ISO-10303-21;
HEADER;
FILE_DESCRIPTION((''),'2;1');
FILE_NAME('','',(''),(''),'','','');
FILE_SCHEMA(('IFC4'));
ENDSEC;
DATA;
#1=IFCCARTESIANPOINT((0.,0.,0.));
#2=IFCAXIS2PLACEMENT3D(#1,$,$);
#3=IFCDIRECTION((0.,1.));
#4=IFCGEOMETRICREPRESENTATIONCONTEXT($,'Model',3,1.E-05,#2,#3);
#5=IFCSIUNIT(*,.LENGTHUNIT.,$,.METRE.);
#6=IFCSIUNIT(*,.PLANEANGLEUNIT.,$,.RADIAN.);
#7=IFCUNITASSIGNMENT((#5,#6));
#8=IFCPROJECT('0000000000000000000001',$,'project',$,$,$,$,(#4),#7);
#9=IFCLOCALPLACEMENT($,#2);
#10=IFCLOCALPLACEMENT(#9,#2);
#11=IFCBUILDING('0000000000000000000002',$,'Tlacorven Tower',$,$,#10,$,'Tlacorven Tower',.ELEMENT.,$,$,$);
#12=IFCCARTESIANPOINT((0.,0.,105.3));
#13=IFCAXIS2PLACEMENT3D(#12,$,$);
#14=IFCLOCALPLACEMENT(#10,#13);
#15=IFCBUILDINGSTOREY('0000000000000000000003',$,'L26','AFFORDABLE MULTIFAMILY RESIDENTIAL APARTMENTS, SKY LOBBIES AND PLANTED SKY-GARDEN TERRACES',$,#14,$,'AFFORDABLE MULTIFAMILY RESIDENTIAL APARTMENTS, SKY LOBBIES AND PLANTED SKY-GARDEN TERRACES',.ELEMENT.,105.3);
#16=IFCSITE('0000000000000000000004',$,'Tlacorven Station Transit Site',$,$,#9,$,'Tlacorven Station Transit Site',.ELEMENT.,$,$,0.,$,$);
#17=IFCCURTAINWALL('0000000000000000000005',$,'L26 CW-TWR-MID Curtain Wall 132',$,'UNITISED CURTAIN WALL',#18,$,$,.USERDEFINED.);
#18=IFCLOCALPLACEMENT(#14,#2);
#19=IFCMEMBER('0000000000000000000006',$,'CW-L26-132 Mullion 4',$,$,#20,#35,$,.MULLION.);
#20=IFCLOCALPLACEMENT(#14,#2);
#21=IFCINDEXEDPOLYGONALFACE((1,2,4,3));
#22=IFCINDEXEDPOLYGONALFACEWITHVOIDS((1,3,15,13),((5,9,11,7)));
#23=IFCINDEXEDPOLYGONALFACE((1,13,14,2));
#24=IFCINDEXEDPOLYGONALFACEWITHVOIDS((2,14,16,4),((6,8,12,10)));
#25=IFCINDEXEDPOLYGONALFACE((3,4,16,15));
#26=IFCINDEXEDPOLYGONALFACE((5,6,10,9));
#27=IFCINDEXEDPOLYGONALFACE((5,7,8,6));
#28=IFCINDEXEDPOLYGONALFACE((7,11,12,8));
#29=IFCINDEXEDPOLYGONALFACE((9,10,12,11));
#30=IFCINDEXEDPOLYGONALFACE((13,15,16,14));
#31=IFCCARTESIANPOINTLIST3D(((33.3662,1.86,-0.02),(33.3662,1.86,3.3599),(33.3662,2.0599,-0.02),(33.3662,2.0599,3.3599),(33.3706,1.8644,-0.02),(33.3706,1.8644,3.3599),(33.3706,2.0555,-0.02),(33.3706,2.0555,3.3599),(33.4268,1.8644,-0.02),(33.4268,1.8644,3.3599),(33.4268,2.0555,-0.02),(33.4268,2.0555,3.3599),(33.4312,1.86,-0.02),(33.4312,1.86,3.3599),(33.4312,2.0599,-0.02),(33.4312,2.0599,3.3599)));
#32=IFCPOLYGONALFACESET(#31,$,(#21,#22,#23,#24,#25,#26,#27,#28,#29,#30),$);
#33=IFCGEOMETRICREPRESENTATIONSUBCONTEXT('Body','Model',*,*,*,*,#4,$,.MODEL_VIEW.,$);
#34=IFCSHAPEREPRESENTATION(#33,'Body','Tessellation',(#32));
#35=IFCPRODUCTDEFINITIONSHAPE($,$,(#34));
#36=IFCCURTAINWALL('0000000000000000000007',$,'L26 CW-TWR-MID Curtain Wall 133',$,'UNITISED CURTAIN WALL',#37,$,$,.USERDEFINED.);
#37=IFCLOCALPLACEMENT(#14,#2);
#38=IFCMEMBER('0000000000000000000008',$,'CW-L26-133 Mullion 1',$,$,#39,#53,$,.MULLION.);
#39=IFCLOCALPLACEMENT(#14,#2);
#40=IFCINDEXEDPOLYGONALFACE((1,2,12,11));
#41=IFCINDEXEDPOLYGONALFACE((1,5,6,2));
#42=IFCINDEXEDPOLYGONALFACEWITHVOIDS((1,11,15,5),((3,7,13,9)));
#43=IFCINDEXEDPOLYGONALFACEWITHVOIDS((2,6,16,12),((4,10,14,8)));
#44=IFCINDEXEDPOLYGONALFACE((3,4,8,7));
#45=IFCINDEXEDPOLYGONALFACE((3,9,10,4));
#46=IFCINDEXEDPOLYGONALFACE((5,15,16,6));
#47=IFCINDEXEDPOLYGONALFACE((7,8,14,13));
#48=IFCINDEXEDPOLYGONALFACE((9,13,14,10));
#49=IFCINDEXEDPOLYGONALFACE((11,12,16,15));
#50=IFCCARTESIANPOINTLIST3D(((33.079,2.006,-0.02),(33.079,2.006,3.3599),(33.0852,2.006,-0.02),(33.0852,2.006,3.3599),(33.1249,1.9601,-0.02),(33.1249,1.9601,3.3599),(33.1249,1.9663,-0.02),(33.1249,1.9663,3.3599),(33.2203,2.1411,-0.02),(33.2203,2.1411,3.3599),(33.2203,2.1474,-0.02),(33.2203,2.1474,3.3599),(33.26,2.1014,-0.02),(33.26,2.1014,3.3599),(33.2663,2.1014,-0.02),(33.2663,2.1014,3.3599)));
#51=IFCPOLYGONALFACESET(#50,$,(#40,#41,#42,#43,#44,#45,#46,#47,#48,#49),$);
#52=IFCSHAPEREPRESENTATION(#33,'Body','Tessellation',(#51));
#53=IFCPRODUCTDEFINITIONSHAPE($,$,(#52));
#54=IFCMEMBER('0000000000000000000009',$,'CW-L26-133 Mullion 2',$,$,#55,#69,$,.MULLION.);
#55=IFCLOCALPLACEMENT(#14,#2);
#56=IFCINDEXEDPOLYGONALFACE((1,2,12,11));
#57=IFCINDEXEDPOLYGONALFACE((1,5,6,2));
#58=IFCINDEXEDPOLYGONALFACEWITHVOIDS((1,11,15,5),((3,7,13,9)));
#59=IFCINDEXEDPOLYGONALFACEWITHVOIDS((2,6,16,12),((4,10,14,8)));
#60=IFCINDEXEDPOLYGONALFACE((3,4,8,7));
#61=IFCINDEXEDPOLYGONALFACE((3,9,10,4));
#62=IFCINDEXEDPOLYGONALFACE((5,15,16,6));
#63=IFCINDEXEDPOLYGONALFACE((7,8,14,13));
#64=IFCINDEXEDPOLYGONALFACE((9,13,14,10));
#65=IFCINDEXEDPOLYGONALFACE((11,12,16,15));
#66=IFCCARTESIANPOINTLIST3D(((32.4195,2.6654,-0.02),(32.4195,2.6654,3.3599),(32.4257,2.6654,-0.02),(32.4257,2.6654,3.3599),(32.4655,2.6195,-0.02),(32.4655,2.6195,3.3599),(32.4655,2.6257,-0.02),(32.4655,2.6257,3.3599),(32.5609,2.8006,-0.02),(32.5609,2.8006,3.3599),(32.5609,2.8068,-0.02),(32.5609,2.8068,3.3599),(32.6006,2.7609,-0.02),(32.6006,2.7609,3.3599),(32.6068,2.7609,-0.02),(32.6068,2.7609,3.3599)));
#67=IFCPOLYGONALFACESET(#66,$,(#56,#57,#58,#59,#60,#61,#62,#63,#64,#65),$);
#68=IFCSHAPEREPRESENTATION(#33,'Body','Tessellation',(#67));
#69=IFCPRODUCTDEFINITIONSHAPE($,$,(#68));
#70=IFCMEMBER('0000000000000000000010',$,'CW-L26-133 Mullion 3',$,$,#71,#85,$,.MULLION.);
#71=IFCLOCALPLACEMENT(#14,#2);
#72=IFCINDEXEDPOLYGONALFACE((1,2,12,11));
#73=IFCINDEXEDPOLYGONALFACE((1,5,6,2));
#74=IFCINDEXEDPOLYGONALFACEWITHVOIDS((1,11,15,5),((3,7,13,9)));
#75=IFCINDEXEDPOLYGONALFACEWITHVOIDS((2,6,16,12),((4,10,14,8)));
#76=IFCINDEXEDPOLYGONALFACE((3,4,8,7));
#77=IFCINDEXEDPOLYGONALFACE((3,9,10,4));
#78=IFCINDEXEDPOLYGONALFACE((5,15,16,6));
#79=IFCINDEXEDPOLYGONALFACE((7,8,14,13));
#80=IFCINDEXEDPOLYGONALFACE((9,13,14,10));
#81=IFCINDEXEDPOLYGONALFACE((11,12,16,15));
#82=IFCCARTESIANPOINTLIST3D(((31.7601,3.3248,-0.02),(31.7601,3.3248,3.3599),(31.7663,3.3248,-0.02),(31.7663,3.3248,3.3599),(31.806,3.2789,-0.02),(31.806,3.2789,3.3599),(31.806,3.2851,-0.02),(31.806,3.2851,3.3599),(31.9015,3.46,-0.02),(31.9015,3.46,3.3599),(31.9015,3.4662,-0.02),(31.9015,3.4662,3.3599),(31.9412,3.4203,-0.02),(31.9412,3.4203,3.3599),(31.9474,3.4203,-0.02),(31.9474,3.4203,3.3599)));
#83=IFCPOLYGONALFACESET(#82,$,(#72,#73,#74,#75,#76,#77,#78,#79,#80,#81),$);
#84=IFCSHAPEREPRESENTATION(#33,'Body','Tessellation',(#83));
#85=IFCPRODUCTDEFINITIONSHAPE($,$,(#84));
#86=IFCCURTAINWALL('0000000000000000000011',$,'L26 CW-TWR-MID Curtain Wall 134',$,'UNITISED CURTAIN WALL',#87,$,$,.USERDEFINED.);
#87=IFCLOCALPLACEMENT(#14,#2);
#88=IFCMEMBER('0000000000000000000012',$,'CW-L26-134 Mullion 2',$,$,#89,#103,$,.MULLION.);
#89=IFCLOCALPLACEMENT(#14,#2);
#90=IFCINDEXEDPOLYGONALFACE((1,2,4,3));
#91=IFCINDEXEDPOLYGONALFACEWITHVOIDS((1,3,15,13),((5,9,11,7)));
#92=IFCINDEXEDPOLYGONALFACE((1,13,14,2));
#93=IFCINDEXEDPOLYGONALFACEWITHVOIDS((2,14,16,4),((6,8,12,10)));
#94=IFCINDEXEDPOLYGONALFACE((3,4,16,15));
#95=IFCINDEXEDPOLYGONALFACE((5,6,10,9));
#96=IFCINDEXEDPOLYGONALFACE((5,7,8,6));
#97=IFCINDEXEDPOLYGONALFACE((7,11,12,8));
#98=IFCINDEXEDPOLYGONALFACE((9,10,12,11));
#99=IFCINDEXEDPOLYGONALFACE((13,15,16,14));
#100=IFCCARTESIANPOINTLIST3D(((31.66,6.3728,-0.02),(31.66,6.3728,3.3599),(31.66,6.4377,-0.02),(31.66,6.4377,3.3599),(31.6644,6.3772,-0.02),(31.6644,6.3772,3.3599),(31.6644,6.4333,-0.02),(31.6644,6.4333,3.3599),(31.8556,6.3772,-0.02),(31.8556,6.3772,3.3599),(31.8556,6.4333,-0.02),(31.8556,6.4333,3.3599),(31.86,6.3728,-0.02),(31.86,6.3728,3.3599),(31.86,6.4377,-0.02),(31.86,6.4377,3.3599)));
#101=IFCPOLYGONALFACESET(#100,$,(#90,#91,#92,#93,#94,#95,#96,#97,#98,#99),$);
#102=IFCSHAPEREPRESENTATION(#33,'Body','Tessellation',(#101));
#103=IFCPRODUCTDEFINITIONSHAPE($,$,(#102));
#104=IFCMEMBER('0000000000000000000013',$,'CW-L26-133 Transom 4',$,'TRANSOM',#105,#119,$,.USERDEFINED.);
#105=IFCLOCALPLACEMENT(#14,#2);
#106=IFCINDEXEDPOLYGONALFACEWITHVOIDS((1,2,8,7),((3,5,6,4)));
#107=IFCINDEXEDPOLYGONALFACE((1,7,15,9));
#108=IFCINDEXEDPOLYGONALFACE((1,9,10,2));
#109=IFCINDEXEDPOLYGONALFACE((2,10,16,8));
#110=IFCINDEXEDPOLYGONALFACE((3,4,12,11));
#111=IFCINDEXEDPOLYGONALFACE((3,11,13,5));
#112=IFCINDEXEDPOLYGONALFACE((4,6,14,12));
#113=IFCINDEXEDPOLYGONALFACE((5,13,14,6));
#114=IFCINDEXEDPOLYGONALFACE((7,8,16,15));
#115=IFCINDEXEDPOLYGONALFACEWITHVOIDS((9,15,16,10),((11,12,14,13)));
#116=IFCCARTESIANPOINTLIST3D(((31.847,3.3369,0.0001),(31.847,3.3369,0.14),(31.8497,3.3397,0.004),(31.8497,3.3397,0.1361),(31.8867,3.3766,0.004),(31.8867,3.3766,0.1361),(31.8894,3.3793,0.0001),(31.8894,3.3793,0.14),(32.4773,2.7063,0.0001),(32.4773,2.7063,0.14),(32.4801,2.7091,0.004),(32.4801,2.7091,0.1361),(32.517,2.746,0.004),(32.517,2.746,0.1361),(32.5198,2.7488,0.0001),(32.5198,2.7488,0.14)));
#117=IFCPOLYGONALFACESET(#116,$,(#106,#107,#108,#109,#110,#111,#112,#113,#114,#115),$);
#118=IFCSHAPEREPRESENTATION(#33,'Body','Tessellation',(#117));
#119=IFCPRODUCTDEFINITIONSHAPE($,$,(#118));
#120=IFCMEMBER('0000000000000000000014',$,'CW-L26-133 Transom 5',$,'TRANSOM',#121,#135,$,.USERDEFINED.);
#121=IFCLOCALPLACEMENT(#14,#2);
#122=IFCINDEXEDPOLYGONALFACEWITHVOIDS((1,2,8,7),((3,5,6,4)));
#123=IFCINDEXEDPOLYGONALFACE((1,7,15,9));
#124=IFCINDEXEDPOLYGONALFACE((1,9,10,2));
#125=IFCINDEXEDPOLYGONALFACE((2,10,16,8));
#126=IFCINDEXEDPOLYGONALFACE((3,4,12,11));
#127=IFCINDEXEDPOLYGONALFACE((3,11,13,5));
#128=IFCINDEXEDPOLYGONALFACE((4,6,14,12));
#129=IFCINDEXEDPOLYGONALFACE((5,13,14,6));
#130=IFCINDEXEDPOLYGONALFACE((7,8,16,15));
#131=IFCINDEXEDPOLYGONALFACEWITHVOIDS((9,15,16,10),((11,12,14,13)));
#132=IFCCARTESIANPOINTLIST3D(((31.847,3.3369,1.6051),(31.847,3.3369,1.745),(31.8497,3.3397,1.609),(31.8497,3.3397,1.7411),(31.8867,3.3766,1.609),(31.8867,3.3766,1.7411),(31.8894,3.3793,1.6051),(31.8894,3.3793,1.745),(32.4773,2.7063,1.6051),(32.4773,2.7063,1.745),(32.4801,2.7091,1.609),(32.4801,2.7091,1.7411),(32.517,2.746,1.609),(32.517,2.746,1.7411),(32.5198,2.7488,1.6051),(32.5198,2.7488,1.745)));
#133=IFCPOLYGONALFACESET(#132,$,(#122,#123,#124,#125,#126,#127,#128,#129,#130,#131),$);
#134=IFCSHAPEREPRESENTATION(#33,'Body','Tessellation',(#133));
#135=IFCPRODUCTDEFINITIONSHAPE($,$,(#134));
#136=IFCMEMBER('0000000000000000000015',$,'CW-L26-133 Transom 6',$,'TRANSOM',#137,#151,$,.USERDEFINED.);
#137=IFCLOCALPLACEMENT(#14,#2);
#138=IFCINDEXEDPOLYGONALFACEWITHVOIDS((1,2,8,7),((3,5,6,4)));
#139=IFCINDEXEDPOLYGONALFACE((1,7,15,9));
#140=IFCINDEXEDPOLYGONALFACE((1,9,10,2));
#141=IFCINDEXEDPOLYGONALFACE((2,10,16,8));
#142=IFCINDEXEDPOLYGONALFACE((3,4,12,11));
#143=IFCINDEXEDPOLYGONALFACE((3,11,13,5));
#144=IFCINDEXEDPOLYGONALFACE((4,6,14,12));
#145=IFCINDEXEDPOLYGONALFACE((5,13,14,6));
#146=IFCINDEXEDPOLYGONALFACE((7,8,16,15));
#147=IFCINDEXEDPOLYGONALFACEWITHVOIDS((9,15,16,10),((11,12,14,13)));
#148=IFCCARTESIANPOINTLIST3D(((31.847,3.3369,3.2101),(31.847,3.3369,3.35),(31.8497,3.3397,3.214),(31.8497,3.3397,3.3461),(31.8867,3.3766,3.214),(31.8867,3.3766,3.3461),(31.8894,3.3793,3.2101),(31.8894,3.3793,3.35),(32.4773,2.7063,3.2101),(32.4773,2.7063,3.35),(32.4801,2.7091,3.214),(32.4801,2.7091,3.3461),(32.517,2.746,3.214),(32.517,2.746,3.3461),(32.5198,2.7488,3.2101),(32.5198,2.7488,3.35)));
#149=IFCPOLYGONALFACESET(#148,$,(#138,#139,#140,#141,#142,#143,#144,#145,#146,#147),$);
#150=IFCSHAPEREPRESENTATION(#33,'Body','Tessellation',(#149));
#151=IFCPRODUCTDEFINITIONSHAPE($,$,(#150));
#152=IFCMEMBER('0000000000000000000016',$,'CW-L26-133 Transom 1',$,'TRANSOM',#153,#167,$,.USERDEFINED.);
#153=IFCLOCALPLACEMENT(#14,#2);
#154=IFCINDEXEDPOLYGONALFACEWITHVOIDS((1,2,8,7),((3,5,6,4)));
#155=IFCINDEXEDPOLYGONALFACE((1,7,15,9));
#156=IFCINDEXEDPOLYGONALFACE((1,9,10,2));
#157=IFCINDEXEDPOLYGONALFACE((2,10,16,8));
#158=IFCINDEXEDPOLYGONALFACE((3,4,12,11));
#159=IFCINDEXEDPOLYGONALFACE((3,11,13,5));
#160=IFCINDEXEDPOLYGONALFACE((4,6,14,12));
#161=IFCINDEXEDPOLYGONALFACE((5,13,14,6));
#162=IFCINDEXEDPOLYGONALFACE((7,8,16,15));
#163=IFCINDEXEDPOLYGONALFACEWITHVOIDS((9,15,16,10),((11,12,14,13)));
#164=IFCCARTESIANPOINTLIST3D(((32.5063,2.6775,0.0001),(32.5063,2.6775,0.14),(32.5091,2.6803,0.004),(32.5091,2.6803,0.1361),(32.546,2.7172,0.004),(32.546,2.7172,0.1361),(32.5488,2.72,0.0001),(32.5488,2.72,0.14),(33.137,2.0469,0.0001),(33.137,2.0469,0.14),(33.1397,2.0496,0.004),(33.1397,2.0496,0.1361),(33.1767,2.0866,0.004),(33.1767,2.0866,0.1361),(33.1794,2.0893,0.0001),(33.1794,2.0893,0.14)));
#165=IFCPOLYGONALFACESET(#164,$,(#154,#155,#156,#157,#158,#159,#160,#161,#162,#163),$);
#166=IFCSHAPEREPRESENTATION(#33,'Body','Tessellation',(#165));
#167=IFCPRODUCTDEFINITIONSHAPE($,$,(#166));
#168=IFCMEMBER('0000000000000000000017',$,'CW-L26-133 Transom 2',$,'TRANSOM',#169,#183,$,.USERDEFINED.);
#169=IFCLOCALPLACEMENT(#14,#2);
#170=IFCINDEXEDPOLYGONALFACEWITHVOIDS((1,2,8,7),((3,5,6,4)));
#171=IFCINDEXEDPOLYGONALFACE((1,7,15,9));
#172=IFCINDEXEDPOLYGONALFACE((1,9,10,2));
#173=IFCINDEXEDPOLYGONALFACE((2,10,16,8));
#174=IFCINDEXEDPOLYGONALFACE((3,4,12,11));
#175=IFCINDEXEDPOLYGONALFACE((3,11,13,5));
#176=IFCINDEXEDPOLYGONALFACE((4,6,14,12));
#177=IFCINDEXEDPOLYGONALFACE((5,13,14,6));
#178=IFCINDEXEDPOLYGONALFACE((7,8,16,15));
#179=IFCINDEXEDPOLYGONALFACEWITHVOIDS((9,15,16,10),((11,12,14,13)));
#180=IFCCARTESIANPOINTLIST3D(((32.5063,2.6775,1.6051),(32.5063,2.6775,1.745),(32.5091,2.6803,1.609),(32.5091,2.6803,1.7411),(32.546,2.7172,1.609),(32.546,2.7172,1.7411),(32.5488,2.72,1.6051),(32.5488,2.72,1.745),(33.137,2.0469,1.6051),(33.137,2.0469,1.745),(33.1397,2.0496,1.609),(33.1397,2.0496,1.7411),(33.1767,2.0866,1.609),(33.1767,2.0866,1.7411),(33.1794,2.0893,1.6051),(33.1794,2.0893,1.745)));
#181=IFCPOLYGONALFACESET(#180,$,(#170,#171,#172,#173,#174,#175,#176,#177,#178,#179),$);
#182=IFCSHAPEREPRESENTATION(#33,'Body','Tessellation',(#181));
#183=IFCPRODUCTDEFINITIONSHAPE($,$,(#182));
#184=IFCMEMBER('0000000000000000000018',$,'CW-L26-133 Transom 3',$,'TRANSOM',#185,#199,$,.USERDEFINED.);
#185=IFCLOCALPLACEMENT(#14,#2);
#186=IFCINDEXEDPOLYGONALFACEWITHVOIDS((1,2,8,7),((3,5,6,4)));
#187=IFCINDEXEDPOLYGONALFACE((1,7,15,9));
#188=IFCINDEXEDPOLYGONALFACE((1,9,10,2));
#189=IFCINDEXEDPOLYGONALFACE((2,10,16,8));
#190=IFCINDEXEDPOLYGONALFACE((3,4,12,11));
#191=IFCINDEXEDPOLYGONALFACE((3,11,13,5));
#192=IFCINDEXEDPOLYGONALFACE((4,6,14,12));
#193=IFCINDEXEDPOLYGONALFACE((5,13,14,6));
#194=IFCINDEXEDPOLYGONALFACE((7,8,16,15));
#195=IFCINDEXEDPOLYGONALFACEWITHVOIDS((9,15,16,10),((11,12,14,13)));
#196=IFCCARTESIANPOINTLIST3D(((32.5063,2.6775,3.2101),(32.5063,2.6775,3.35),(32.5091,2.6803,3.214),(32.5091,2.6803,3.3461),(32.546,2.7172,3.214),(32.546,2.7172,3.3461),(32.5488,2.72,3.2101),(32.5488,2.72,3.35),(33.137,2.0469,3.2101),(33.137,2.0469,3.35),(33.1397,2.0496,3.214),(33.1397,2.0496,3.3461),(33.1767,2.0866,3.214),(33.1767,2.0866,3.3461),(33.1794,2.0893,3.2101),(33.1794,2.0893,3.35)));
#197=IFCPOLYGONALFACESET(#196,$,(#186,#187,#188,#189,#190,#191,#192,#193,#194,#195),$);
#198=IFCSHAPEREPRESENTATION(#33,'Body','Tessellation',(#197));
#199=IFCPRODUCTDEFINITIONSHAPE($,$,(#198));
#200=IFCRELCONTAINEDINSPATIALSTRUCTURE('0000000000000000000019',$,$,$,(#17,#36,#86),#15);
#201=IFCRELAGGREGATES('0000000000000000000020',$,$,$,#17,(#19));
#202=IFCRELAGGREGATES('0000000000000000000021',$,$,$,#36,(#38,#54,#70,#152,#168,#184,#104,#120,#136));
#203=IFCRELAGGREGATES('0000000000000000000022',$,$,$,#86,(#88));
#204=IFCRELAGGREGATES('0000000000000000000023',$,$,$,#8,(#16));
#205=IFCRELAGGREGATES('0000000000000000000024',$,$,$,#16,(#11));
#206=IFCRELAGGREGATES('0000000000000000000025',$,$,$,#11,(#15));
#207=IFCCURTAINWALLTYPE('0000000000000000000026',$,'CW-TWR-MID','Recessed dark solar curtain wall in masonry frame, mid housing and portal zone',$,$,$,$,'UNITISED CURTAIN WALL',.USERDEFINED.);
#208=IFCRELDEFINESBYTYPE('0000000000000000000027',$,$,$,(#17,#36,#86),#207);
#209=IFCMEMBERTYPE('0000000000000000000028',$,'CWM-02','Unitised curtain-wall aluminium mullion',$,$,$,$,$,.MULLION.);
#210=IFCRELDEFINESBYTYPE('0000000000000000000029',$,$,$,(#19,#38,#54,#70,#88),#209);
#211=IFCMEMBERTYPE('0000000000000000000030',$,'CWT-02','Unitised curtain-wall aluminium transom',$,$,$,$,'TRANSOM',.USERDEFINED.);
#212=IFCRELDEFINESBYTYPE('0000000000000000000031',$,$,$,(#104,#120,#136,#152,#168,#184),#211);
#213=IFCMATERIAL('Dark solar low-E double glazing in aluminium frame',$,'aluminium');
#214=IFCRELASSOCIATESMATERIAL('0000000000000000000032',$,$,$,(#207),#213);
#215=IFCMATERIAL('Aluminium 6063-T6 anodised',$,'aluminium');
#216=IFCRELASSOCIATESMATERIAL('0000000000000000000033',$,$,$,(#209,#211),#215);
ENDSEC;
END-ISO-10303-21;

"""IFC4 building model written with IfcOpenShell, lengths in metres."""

from ifc_helpers import new_model, si_unit, direction, frame, origin, origin_2d, place, context, subcontext, project, spatial, hollow_rectangle, extrude, source, transform, mapped, material, material_profile, profile_set, type_object, element, aggregate, save


model = new_model("IFC4")

# Units and contexts
model_context = context("Model", 3, precision=1e-05, world=origin(), true_north=direction((0.0, 1.0)))
body_context = subcontext(model_context, "Body", "Model", "MODEL_VIEW")
ifc_project = project(units=[si_unit("LENGTHUNIT", "METRE"), si_unit("PLANEANGLEUNIT", "RADIAN")], contexts=[model_context])

# Site, building, storey
site_placement = place(None, origin())
site = spatial("IfcSite", under=ifc_project, at=site_placement, Name="Tlacorven Station Transit Site", LongName="Tlacorven Station Transit Site", CompositionType="ELEMENT", RefElevation=0.0)
building_placement = place(site_placement, origin())
building = spatial("IfcBuilding", under=site, at=building_placement, Name="Tlacorven Tower", LongName="Tlacorven Tower", CompositionType="ELEMENT")
storey_placement = place(building_placement, frame((0.0, 0.0, 105.3)))
storey = spatial("IfcBuildingStorey", under=building, at=storey_placement, Name="L26", Description="AFFORDABLE MULTIFAMILY RESIDENTIAL APARTMENTS, SKY LOBBIES AND PLANTED SKY-GARDEN TERRACES", LongName="AFFORDABLE MULTIFAMILY RESIDENTIAL APARTMENTS, SKY LOBBIES AND PLANTED SKY-GARDEN TERRACES", CompositionType="ELEMENT", Elevation=105.3)

# Curtain wall, member
ifc_material_1 = material(Name="Dark solar low-E double glazing in aluminium frame", Category="aluminium")
curtain_wall_type = type_object("IfcCurtainWallType", Name="CW-TWR-MID", Description="Recessed dark solar curtain wall in masonry frame, mid housing and portal zone", ElementType="UNITISED CURTAIN WALL", PredefinedType="USERDEFINED", material=ifc_material_1)
curtain_wall_1_placement = place(storey_placement, origin())
curtain_wall_1 = element("IfcCurtainWall", 1, at=curtain_wall_1_placement, inside=storey, type_object=curtain_wall_type, Name="L26 CW-TWR-MID Curtain Wall 132", ObjectType="UNITISED CURTAIN WALL", PredefinedType="USERDEFINED")
ifc_material_2 = material(Name="Aluminium 6063-T6 anodised", Category="aluminium")
ifc_material_profile_1 = material_profile(ifc_material_2, hollow_rectangle(XDim=0.0649, YDim=0.2, WallThickness=0.0044, at=origin_2d()), Name="ALU MULLION 65X200")
ifc_profile_set_1 = profile_set([ifc_material_profile_1], Name="Aluminium 6063-T6 anodised")
member_type_1 = type_object("IfcMemberType", Name="CWM-02", Description="Unitised curtain-wall aluminium mullion", PredefinedType="MULLION", material=ifc_profile_set_1)
shared_shape_1 = source(origin(), body_context, "Body", "SweptSolid", [
    extrude(hollow_rectangle(XDim=0.0649, YDim=0.2, WallThickness=0.0044, at=origin_2d()), origin(), (0.0, 0.0, 1.0), 3.3799),
])
member_1_placement = place(storey_placement, frame((33.3987, 1.96, -0.02), z_axis=(0.0, 0.0, 1.0), x_axis=(-1.0, 0.0, 0.0)))
member_1 = element("IfcMember", 2, at=member_1_placement, type_object=member_type_1, Name="CW-L26-132 Mullion 4", PredefinedType="MULLION", context=body_context, shape_type="MappedRepresentation", body=[
    mapped(shared_shape_1, transform((0.0, 0.0, 0.0), scale=1.0)),
])
aggregate(curtain_wall_1, [member_1])

# Curtain wall, members
curtain_wall_2_placement = place(storey_placement, origin())
curtain_wall_2 = element("IfcCurtainWall", 3, at=curtain_wall_2_placement, inside=storey, type_object=curtain_wall_type, Name="L26 CW-TWR-MID Curtain Wall 133", ObjectType="UNITISED CURTAIN WALL", PredefinedType="USERDEFINED")
member_2_placement = place(storey_placement, frame((33.1726, 2.0537, -0.02), z_axis=(0.0, 0.0, 1.0), x_axis=(-0.707107, 0.707107, 0.0)))
member_2 = element("IfcMember", 4, at=member_2_placement, type_object=member_type_1, Name="CW-L26-133 Mullion 1", PredefinedType="MULLION", context=body_context, shape_type="MappedRepresentation", body=[
    mapped(shared_shape_1, transform((0.0, 0.0, 0.0), scale=1.0)),
])
member_3_placement = place(storey_placement, frame((32.5132, 2.7131, -0.02), z_axis=(0.0, 0.0, 1.0), x_axis=(-0.707107, 0.707107, 0.0)))
member_3 = element("IfcMember", 5, at=member_3_placement, type_object=member_type_1, Name="CW-L26-133 Mullion 2", PredefinedType="MULLION", context=body_context, shape_type="MappedRepresentation", body=[
    mapped(shared_shape_1, transform((0.0, 0.0, 0.0), scale=1.0)),
])
member_4_placement = place(storey_placement, frame((31.8538, 3.3726, -0.02), z_axis=(0.0, 0.0, 1.0), x_axis=(-0.707107, 0.707107, 0.0)))
member_4 = element("IfcMember", 6, at=member_4_placement, type_object=member_type_1, Name="CW-L26-133 Mullion 3", PredefinedType="MULLION", context=body_context, shape_type="MappedRepresentation", body=[
    mapped(shared_shape_1, transform((0.0, 0.0, 0.0), scale=1.0)),
])

# Curtain wall, member
curtain_wall_3_placement = place(storey_placement, origin())
curtain_wall_3 = element("IfcCurtainWall", 7, at=curtain_wall_3_placement, inside=storey, type_object=curtain_wall_type, Name="L26 CW-TWR-MID Curtain Wall 134", ObjectType="UNITISED CURTAIN WALL", PredefinedType="USERDEFINED")
member_5_placement = place(storey_placement, frame((31.76, 6.4053, -0.02), z_axis=(0.0, 0.0, 1.0), x_axis=(0.0, 1.0, 0.0)))
member_5 = element("IfcMember", 8, at=member_5_placement, type_object=member_type_1, Name="CW-L26-134 Mullion 2", PredefinedType="MULLION", context=body_context, shape_type="MappedRepresentation", body=[
    mapped(shared_shape_1, transform((0.0, 0.0, 0.0), scale=1.0)),
])

# Members
ifc_material_profile_2 = material_profile(ifc_material_2, hollow_rectangle(XDim=0.0601, YDim=0.1399, WallThickness=0.0039, at=origin_2d()), Name="ALU TRANSOM 60X140")
ifc_profile_set_2 = profile_set([ifc_material_profile_2], Name="Aluminium 6063-T6 anodised")
member_type_2 = type_object("IfcMemberType", Name="CWT-02", Description="Unitised curtain-wall aluminium transom", ElementType="TRANSOM", PredefinedType="USERDEFINED", material=ifc_profile_set_2)
shared_shape_2 = source(origin(), body_context, "Body", "SweptSolid", [
    extrude(hollow_rectangle(XDim=0.0601, YDim=0.1399, WallThickness=0.0039, at=origin_2d()), origin(), (0.0, 0.0, 1.0), 0.8916),
])
member_6_placement = place(storey_placement, frame((32.4985, 2.7275, 0.0701), z_axis=(-0.70697, 0.707244, 0.0), x_axis=(-0.707244, -0.70697, 0.0)))
member_6 = element("IfcMember", 9, at=member_6_placement, type_object=member_type_2, Name="CW-L26-133 Transom 4", ObjectType="TRANSOM", PredefinedType="USERDEFINED", context=body_context, shape_type="MappedRepresentation", body=[
    mapped(shared_shape_2, transform((0.0, 0.0, 0.0), scale=1.0)),
])
member_7_placement = place(storey_placement, frame((32.4985, 2.7275, 1.675), z_axis=(-0.70697, 0.707244, 0.0), x_axis=(-0.707244, -0.70697, 0.0)))
member_7 = element("IfcMember", 10, at=member_7_placement, type_object=member_type_2, Name="CW-L26-133 Transom 5", ObjectType="TRANSOM", PredefinedType="USERDEFINED", context=body_context, shape_type="MappedRepresentation", body=[
    mapped(shared_shape_2, transform((0.0, 0.0, 0.0), scale=1.0)),
])
member_8_placement = place(storey_placement, frame((32.4985, 2.7275, 3.28), z_axis=(-0.70697, 0.707244, 0.0), x_axis=(-0.707244, -0.70697, 0.0)))
member_8 = element("IfcMember", 11, at=member_8_placement, type_object=member_type_2, Name="CW-L26-133 Transom 6", ObjectType="TRANSOM", PredefinedType="USERDEFINED", context=body_context, shape_type="MappedRepresentation", body=[
    mapped(shared_shape_2, transform((0.0, 0.0, 0.0), scale=1.0)),
])
shared_shape_3 = source(origin(), body_context, "Body", "SweptSolid", [
    extrude(hollow_rectangle(XDim=0.0601, YDim=0.1399, WallThickness=0.0039, at=origin_2d()), origin(), (0.0, 0.0, 1.0), 0.8918),
])
member_9_placement = place(storey_placement, frame((33.1582, 2.0681, 0.0701), z_axis=(-0.707107, 0.707107, 0.0), x_axis=(-0.707107, -0.707107, 0.0)))
member_9 = element("IfcMember", 12, at=member_9_placement, type_object=member_type_2, Name="CW-L26-133 Transom 1", ObjectType="TRANSOM", PredefinedType="USERDEFINED", context=body_context, shape_type="MappedRepresentation", body=[
    mapped(shared_shape_3, transform((0.0, 0.0, 0.0), scale=1.0)),
])
member_10_placement = place(storey_placement, frame((33.1582, 2.0681, 1.675), z_axis=(-0.707107, 0.707107, 0.0), x_axis=(-0.707107, -0.707107, 0.0)))
member_10 = element("IfcMember", 13, at=member_10_placement, type_object=member_type_2, Name="CW-L26-133 Transom 2", ObjectType="TRANSOM", PredefinedType="USERDEFINED", context=body_context, shape_type="MappedRepresentation", body=[
    mapped(shared_shape_3, transform((0.0, 0.0, 0.0), scale=1.0)),
])
member_11_placement = place(storey_placement, frame((33.1582, 2.0681, 3.28), z_axis=(-0.707107, 0.707107, 0.0), x_axis=(-0.707107, -0.707107, 0.0)))
member_11 = element("IfcMember", 14, at=member_11_placement, type_object=member_type_2, Name="CW-L26-133 Transom 3", ObjectType="TRANSOM", PredefinedType="USERDEFINED", context=body_context, shape_type="MappedRepresentation", body=[
    mapped(shared_shape_3, transform((0.0, 0.0, 0.0), scale=1.0)),
])

aggregate(curtain_wall_2, [member_2, member_3, member_4, member_9, member_10, member_11, member_6, member_7, member_8])
aggregate(curtain_wall_3, [member_5])

save(model, "model.ifc")
